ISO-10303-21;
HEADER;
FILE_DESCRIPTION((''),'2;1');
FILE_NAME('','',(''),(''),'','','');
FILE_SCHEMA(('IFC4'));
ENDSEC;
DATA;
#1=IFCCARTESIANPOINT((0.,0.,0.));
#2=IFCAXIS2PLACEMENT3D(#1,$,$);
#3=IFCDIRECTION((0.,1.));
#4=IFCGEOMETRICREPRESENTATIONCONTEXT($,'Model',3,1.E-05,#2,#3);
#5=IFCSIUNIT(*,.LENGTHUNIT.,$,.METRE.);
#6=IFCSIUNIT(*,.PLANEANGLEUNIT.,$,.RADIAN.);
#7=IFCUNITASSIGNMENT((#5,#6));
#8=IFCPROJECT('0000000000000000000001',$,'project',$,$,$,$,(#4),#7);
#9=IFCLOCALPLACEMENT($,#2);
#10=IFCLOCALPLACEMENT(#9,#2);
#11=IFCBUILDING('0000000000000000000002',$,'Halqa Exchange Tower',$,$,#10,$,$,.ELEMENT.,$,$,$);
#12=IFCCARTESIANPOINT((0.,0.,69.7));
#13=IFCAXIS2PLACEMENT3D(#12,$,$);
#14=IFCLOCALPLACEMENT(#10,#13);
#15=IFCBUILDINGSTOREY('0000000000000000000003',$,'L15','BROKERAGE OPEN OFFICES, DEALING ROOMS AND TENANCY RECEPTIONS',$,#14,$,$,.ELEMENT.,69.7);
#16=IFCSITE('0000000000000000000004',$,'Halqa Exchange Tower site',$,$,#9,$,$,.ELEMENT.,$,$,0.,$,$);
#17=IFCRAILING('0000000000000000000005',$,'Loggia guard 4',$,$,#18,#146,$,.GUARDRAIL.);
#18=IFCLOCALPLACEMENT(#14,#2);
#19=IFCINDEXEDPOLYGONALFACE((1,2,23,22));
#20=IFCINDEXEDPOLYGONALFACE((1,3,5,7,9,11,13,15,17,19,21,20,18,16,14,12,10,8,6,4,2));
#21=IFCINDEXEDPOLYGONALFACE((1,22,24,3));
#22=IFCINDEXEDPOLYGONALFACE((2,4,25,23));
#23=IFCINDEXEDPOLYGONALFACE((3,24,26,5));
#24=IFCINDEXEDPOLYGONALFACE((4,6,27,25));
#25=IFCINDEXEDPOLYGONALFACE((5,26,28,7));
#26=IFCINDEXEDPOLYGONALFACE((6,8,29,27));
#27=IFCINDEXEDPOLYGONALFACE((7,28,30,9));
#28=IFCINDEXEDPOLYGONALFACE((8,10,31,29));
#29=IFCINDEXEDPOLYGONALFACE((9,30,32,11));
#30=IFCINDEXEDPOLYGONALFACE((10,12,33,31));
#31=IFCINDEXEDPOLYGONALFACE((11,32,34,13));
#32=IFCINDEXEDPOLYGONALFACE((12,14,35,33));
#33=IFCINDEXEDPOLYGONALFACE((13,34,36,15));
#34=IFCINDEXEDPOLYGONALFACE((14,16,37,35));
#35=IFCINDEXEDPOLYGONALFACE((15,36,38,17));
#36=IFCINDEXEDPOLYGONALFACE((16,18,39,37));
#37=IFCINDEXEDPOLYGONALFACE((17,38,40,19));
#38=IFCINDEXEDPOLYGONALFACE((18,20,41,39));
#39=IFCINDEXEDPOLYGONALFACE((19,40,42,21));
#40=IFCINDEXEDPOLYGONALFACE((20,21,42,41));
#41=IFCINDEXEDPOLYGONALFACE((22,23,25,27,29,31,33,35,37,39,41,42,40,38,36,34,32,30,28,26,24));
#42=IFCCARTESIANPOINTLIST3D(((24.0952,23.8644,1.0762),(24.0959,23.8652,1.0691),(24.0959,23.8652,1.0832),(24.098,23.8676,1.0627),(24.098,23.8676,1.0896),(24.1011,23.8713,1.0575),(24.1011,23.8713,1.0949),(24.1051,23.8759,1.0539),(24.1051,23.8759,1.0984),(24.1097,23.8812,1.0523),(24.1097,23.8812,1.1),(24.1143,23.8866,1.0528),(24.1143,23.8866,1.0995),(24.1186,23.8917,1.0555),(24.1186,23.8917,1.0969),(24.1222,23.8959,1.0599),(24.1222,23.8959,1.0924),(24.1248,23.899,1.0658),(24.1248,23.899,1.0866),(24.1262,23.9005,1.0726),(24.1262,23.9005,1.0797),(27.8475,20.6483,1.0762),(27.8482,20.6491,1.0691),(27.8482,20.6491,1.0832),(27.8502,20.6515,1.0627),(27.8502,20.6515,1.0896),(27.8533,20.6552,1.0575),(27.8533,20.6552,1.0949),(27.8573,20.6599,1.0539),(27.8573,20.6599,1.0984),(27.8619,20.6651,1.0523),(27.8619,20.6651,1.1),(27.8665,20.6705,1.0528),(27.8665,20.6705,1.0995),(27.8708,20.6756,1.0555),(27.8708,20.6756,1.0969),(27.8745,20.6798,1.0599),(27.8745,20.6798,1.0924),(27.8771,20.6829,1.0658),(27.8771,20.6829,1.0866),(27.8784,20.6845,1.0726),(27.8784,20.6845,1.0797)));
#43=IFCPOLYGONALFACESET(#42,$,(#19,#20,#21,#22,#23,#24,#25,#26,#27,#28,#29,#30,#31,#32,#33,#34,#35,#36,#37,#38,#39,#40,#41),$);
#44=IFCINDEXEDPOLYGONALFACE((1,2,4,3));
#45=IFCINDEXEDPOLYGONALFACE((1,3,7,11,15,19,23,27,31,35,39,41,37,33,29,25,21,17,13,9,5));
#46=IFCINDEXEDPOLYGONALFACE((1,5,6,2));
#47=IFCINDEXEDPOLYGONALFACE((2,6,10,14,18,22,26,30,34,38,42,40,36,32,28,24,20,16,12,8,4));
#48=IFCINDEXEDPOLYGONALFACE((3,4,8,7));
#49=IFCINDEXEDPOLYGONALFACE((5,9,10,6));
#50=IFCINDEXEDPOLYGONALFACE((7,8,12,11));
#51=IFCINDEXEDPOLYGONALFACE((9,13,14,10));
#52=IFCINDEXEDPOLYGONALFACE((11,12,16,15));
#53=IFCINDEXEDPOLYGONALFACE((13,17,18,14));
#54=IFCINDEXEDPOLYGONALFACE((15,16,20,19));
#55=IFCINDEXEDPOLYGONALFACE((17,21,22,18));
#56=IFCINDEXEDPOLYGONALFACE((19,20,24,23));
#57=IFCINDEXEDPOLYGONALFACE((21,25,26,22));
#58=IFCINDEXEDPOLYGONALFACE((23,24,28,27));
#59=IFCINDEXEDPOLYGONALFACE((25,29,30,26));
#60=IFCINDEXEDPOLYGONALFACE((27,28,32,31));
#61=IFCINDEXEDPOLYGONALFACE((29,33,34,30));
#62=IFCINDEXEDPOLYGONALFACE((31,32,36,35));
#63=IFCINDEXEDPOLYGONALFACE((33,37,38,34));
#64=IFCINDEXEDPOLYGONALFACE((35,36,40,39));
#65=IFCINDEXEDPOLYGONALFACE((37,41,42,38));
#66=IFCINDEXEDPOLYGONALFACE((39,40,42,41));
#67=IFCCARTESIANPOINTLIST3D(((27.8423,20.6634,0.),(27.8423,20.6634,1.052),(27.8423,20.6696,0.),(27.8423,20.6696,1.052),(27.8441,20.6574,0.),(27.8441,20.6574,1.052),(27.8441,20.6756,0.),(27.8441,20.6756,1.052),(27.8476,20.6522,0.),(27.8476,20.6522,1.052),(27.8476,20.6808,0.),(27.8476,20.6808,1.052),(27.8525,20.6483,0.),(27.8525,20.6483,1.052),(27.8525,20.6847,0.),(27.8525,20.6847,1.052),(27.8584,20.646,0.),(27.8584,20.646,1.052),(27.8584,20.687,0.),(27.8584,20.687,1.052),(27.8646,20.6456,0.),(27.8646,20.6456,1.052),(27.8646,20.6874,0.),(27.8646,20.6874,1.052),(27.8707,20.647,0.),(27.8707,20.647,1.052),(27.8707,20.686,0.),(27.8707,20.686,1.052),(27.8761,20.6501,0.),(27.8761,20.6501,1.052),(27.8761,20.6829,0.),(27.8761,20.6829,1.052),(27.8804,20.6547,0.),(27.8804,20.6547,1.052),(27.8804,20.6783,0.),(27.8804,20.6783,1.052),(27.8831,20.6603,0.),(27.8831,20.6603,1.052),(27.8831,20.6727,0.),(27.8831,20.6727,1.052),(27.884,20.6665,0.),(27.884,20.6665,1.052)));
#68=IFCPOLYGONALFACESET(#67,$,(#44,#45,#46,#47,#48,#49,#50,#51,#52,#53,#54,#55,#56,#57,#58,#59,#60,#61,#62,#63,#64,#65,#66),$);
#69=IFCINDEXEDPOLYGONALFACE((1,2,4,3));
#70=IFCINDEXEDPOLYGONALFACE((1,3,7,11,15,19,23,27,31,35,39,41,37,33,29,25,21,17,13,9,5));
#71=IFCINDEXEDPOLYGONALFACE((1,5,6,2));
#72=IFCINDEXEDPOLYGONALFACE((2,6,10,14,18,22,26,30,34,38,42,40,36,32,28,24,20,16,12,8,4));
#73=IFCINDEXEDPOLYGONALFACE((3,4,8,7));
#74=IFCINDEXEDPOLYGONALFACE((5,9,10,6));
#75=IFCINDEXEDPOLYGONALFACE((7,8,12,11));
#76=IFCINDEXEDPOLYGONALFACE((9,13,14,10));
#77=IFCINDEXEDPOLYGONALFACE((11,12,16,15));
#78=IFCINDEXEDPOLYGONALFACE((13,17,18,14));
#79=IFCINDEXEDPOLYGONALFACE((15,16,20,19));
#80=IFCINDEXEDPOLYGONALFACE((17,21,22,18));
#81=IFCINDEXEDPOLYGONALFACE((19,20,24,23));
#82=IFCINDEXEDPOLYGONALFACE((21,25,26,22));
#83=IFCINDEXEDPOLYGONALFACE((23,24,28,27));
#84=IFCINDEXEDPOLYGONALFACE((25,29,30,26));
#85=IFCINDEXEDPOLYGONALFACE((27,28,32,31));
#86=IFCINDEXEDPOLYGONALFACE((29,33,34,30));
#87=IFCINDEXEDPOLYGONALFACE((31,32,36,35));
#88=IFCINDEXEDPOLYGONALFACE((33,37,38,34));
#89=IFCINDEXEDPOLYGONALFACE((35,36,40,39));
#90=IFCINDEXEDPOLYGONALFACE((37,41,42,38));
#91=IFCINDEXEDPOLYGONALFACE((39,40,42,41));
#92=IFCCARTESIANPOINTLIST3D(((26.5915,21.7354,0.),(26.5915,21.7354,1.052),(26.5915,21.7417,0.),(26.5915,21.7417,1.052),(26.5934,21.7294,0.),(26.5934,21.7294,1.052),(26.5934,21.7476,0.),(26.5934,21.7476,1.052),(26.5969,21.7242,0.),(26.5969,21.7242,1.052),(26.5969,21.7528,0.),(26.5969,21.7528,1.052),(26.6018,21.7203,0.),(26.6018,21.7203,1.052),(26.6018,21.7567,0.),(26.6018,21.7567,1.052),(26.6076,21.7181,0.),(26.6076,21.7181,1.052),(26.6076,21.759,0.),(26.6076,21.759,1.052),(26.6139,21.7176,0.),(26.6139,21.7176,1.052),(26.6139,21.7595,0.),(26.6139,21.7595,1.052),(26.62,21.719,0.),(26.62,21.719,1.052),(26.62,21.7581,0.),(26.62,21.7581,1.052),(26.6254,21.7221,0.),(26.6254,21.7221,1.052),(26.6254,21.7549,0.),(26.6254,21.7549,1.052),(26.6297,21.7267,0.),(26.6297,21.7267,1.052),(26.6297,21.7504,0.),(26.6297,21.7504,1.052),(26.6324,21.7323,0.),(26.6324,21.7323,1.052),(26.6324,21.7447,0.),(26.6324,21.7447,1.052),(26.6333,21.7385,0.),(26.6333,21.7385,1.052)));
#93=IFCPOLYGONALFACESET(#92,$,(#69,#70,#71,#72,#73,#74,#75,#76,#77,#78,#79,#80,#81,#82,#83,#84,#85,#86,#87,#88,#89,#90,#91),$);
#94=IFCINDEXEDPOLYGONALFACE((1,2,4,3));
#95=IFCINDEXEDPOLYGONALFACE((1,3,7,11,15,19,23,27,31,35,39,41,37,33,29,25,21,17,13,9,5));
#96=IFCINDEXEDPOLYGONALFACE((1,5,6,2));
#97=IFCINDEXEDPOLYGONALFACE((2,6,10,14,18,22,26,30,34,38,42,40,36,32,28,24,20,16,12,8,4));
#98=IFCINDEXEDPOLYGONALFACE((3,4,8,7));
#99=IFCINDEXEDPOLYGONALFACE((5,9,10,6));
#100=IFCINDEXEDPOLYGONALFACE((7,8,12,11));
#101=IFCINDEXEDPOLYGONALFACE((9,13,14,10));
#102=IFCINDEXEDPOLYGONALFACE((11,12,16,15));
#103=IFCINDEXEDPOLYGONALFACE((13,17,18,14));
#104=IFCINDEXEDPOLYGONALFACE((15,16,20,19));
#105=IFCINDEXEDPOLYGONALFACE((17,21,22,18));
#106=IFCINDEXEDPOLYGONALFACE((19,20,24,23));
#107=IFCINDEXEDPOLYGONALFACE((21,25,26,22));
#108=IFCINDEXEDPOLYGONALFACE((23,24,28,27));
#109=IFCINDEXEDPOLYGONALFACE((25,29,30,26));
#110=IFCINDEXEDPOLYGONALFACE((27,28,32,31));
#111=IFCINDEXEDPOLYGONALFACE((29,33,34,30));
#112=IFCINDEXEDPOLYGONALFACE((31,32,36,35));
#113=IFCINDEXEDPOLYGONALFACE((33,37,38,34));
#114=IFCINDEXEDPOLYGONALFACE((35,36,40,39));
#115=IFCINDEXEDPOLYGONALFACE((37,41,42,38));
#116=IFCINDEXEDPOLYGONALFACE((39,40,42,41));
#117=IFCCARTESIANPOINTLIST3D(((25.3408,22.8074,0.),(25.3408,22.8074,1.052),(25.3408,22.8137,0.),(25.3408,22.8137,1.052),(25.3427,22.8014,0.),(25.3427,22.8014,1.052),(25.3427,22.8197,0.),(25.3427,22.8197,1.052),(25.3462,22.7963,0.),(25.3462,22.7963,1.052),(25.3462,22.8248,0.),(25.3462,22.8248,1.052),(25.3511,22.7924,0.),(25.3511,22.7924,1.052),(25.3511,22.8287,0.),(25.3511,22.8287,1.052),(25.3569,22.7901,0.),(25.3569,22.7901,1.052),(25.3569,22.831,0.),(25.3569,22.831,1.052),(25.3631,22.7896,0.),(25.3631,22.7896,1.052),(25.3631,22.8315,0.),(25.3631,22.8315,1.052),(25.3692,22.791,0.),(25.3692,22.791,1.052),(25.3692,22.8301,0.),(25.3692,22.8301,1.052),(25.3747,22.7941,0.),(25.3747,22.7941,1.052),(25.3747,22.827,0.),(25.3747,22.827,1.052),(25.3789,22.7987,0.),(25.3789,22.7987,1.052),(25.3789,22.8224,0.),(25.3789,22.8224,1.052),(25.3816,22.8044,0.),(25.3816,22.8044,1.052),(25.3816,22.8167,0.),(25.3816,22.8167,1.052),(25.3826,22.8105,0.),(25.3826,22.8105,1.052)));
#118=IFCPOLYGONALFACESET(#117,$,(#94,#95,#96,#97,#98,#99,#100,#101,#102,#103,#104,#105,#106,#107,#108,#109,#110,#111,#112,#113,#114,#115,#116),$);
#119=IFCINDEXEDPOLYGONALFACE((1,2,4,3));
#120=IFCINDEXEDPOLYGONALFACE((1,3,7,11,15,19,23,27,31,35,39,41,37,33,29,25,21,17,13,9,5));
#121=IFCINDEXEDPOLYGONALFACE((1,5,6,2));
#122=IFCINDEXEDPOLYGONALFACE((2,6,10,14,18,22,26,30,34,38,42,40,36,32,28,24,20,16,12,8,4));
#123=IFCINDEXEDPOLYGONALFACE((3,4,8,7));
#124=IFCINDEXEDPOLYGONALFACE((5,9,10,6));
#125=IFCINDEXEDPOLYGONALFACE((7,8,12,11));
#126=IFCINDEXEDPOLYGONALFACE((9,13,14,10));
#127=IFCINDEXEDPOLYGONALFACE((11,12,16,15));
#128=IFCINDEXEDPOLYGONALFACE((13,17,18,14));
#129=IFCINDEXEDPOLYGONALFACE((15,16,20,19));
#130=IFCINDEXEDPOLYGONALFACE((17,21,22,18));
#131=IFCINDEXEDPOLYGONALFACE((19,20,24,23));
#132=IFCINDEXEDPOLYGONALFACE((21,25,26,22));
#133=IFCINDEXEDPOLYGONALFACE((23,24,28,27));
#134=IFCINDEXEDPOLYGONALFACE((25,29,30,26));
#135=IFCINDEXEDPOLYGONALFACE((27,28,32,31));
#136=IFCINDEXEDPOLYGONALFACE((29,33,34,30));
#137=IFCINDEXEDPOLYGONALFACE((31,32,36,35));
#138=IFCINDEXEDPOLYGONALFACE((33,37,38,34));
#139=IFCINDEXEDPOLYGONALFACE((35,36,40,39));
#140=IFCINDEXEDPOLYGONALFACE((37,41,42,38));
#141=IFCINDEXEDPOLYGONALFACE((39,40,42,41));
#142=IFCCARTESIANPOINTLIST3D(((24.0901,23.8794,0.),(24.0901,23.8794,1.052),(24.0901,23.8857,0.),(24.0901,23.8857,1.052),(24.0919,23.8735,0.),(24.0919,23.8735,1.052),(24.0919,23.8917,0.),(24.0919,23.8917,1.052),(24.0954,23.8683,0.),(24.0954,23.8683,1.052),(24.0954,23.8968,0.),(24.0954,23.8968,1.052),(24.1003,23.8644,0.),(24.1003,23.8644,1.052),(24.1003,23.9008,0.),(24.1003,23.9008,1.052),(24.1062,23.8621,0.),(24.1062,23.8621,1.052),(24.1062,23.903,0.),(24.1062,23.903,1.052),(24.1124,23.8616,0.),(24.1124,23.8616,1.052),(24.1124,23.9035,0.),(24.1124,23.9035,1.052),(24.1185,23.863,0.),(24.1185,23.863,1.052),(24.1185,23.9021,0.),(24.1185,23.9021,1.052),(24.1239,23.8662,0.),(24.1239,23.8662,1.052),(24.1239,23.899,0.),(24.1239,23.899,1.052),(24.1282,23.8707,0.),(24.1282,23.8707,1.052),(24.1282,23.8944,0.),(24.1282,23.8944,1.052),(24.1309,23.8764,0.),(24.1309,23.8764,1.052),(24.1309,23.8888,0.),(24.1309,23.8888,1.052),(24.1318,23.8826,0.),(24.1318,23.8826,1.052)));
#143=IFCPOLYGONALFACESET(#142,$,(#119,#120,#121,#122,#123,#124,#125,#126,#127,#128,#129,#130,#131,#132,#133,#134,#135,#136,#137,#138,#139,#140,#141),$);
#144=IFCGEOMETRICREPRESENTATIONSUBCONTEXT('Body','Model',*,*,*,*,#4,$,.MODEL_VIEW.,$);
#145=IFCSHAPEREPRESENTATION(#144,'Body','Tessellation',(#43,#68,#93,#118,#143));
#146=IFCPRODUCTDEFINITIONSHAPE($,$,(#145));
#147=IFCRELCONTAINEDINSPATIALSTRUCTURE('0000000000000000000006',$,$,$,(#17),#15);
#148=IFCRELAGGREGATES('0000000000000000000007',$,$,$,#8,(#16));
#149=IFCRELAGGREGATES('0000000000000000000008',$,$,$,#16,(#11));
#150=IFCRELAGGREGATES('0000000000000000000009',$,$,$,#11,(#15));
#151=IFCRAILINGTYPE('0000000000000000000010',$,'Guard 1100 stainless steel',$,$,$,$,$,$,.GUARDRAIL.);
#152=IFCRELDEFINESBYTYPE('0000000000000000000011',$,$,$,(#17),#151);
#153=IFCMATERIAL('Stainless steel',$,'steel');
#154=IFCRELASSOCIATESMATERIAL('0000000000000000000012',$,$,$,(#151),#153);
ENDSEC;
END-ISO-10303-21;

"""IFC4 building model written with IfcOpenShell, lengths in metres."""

from ifc_helpers import new_model, si_unit, direction, frame, origin, origin_2d, place, context, subcontext, project, spatial, circle, extrude, material, type_object, element, save


model = new_model("IFC4")

# Units and contexts
model_context = context("Model", 3, precision=1e-05, world=origin(), true_north=direction((0.0, 1.0)))
body_context = subcontext(model_context, "Body", "Model", "MODEL_VIEW")
ifc_project = project(units=[si_unit("LENGTHUNIT", "METRE"), si_unit("PLANEANGLEUNIT", "RADIAN")], contexts=[model_context])

# Site, building, storey
site_placement = place(None, origin())
site = spatial("IfcSite", under=ifc_project, at=site_placement, Name="Halqa Exchange Tower site", CompositionType="ELEMENT", RefElevation=0.0)
building_placement = place(site_placement, origin())
building = spatial("IfcBuilding", under=site, at=building_placement, Name="Halqa Exchange Tower", CompositionType="ELEMENT")
storey_placement = place(building_placement, frame((0.0, 0.0, 69.7)))
storey = spatial("IfcBuildingStorey", under=building, at=storey_placement, Name="L15", Description="BROKERAGE OPEN OFFICES, DEALING ROOMS AND TENANCY RECEPTIONS", CompositionType="ELEMENT", Elevation=69.7)

# Railing
ifc_material_1 = material(Name="Stainless steel", Category="steel")
railing_type = type_object("IfcRailingType", Name="Guard 1100 stainless steel", PredefinedType="GUARDRAIL", material=ifc_material_1)
railing_1_placement = place(storey_placement, frame((27.863, 20.6665, 0.0)))
element("IfcRailing", 1, at=railing_1_placement, inside=storey, type_object=railing_type, Name="Loggia guard 4", PredefinedType="GUARDRAIL", context=body_context, shape_type="SweptSolid", body=[
    extrude(circle(Radius=0.0239, at=origin_2d()), frame((0.0, 0.0, 1.0762), z_axis=(-0.759267, 0.650779, 0.0), x_axis=(-0.650779, -0.759267, 0.0)), (0.0, 0.0, 1.0), 4.9419),
    extrude(circle(Radius=0.021, at=origin_2d()), origin(), (0.0, 0.0, 1.0), 1.052),
    extrude(circle(Radius=0.021, at=origin_2d()), frame((-1.2507, 1.072, 0.0)), (0.0, 0.0, 1.0), 1.052),
    extrude(circle(Radius=0.021, at=origin_2d()), frame((-2.5015, 2.144, 0.0)), (0.0, 0.0, 1.0), 1.052),
    extrude(circle(Radius=0.021, at=origin_2d()), frame((-3.7522, 3.2161, 0.0)), (0.0, 0.0, 1.0), 1.052),
])

save(model, "model.ifc")
